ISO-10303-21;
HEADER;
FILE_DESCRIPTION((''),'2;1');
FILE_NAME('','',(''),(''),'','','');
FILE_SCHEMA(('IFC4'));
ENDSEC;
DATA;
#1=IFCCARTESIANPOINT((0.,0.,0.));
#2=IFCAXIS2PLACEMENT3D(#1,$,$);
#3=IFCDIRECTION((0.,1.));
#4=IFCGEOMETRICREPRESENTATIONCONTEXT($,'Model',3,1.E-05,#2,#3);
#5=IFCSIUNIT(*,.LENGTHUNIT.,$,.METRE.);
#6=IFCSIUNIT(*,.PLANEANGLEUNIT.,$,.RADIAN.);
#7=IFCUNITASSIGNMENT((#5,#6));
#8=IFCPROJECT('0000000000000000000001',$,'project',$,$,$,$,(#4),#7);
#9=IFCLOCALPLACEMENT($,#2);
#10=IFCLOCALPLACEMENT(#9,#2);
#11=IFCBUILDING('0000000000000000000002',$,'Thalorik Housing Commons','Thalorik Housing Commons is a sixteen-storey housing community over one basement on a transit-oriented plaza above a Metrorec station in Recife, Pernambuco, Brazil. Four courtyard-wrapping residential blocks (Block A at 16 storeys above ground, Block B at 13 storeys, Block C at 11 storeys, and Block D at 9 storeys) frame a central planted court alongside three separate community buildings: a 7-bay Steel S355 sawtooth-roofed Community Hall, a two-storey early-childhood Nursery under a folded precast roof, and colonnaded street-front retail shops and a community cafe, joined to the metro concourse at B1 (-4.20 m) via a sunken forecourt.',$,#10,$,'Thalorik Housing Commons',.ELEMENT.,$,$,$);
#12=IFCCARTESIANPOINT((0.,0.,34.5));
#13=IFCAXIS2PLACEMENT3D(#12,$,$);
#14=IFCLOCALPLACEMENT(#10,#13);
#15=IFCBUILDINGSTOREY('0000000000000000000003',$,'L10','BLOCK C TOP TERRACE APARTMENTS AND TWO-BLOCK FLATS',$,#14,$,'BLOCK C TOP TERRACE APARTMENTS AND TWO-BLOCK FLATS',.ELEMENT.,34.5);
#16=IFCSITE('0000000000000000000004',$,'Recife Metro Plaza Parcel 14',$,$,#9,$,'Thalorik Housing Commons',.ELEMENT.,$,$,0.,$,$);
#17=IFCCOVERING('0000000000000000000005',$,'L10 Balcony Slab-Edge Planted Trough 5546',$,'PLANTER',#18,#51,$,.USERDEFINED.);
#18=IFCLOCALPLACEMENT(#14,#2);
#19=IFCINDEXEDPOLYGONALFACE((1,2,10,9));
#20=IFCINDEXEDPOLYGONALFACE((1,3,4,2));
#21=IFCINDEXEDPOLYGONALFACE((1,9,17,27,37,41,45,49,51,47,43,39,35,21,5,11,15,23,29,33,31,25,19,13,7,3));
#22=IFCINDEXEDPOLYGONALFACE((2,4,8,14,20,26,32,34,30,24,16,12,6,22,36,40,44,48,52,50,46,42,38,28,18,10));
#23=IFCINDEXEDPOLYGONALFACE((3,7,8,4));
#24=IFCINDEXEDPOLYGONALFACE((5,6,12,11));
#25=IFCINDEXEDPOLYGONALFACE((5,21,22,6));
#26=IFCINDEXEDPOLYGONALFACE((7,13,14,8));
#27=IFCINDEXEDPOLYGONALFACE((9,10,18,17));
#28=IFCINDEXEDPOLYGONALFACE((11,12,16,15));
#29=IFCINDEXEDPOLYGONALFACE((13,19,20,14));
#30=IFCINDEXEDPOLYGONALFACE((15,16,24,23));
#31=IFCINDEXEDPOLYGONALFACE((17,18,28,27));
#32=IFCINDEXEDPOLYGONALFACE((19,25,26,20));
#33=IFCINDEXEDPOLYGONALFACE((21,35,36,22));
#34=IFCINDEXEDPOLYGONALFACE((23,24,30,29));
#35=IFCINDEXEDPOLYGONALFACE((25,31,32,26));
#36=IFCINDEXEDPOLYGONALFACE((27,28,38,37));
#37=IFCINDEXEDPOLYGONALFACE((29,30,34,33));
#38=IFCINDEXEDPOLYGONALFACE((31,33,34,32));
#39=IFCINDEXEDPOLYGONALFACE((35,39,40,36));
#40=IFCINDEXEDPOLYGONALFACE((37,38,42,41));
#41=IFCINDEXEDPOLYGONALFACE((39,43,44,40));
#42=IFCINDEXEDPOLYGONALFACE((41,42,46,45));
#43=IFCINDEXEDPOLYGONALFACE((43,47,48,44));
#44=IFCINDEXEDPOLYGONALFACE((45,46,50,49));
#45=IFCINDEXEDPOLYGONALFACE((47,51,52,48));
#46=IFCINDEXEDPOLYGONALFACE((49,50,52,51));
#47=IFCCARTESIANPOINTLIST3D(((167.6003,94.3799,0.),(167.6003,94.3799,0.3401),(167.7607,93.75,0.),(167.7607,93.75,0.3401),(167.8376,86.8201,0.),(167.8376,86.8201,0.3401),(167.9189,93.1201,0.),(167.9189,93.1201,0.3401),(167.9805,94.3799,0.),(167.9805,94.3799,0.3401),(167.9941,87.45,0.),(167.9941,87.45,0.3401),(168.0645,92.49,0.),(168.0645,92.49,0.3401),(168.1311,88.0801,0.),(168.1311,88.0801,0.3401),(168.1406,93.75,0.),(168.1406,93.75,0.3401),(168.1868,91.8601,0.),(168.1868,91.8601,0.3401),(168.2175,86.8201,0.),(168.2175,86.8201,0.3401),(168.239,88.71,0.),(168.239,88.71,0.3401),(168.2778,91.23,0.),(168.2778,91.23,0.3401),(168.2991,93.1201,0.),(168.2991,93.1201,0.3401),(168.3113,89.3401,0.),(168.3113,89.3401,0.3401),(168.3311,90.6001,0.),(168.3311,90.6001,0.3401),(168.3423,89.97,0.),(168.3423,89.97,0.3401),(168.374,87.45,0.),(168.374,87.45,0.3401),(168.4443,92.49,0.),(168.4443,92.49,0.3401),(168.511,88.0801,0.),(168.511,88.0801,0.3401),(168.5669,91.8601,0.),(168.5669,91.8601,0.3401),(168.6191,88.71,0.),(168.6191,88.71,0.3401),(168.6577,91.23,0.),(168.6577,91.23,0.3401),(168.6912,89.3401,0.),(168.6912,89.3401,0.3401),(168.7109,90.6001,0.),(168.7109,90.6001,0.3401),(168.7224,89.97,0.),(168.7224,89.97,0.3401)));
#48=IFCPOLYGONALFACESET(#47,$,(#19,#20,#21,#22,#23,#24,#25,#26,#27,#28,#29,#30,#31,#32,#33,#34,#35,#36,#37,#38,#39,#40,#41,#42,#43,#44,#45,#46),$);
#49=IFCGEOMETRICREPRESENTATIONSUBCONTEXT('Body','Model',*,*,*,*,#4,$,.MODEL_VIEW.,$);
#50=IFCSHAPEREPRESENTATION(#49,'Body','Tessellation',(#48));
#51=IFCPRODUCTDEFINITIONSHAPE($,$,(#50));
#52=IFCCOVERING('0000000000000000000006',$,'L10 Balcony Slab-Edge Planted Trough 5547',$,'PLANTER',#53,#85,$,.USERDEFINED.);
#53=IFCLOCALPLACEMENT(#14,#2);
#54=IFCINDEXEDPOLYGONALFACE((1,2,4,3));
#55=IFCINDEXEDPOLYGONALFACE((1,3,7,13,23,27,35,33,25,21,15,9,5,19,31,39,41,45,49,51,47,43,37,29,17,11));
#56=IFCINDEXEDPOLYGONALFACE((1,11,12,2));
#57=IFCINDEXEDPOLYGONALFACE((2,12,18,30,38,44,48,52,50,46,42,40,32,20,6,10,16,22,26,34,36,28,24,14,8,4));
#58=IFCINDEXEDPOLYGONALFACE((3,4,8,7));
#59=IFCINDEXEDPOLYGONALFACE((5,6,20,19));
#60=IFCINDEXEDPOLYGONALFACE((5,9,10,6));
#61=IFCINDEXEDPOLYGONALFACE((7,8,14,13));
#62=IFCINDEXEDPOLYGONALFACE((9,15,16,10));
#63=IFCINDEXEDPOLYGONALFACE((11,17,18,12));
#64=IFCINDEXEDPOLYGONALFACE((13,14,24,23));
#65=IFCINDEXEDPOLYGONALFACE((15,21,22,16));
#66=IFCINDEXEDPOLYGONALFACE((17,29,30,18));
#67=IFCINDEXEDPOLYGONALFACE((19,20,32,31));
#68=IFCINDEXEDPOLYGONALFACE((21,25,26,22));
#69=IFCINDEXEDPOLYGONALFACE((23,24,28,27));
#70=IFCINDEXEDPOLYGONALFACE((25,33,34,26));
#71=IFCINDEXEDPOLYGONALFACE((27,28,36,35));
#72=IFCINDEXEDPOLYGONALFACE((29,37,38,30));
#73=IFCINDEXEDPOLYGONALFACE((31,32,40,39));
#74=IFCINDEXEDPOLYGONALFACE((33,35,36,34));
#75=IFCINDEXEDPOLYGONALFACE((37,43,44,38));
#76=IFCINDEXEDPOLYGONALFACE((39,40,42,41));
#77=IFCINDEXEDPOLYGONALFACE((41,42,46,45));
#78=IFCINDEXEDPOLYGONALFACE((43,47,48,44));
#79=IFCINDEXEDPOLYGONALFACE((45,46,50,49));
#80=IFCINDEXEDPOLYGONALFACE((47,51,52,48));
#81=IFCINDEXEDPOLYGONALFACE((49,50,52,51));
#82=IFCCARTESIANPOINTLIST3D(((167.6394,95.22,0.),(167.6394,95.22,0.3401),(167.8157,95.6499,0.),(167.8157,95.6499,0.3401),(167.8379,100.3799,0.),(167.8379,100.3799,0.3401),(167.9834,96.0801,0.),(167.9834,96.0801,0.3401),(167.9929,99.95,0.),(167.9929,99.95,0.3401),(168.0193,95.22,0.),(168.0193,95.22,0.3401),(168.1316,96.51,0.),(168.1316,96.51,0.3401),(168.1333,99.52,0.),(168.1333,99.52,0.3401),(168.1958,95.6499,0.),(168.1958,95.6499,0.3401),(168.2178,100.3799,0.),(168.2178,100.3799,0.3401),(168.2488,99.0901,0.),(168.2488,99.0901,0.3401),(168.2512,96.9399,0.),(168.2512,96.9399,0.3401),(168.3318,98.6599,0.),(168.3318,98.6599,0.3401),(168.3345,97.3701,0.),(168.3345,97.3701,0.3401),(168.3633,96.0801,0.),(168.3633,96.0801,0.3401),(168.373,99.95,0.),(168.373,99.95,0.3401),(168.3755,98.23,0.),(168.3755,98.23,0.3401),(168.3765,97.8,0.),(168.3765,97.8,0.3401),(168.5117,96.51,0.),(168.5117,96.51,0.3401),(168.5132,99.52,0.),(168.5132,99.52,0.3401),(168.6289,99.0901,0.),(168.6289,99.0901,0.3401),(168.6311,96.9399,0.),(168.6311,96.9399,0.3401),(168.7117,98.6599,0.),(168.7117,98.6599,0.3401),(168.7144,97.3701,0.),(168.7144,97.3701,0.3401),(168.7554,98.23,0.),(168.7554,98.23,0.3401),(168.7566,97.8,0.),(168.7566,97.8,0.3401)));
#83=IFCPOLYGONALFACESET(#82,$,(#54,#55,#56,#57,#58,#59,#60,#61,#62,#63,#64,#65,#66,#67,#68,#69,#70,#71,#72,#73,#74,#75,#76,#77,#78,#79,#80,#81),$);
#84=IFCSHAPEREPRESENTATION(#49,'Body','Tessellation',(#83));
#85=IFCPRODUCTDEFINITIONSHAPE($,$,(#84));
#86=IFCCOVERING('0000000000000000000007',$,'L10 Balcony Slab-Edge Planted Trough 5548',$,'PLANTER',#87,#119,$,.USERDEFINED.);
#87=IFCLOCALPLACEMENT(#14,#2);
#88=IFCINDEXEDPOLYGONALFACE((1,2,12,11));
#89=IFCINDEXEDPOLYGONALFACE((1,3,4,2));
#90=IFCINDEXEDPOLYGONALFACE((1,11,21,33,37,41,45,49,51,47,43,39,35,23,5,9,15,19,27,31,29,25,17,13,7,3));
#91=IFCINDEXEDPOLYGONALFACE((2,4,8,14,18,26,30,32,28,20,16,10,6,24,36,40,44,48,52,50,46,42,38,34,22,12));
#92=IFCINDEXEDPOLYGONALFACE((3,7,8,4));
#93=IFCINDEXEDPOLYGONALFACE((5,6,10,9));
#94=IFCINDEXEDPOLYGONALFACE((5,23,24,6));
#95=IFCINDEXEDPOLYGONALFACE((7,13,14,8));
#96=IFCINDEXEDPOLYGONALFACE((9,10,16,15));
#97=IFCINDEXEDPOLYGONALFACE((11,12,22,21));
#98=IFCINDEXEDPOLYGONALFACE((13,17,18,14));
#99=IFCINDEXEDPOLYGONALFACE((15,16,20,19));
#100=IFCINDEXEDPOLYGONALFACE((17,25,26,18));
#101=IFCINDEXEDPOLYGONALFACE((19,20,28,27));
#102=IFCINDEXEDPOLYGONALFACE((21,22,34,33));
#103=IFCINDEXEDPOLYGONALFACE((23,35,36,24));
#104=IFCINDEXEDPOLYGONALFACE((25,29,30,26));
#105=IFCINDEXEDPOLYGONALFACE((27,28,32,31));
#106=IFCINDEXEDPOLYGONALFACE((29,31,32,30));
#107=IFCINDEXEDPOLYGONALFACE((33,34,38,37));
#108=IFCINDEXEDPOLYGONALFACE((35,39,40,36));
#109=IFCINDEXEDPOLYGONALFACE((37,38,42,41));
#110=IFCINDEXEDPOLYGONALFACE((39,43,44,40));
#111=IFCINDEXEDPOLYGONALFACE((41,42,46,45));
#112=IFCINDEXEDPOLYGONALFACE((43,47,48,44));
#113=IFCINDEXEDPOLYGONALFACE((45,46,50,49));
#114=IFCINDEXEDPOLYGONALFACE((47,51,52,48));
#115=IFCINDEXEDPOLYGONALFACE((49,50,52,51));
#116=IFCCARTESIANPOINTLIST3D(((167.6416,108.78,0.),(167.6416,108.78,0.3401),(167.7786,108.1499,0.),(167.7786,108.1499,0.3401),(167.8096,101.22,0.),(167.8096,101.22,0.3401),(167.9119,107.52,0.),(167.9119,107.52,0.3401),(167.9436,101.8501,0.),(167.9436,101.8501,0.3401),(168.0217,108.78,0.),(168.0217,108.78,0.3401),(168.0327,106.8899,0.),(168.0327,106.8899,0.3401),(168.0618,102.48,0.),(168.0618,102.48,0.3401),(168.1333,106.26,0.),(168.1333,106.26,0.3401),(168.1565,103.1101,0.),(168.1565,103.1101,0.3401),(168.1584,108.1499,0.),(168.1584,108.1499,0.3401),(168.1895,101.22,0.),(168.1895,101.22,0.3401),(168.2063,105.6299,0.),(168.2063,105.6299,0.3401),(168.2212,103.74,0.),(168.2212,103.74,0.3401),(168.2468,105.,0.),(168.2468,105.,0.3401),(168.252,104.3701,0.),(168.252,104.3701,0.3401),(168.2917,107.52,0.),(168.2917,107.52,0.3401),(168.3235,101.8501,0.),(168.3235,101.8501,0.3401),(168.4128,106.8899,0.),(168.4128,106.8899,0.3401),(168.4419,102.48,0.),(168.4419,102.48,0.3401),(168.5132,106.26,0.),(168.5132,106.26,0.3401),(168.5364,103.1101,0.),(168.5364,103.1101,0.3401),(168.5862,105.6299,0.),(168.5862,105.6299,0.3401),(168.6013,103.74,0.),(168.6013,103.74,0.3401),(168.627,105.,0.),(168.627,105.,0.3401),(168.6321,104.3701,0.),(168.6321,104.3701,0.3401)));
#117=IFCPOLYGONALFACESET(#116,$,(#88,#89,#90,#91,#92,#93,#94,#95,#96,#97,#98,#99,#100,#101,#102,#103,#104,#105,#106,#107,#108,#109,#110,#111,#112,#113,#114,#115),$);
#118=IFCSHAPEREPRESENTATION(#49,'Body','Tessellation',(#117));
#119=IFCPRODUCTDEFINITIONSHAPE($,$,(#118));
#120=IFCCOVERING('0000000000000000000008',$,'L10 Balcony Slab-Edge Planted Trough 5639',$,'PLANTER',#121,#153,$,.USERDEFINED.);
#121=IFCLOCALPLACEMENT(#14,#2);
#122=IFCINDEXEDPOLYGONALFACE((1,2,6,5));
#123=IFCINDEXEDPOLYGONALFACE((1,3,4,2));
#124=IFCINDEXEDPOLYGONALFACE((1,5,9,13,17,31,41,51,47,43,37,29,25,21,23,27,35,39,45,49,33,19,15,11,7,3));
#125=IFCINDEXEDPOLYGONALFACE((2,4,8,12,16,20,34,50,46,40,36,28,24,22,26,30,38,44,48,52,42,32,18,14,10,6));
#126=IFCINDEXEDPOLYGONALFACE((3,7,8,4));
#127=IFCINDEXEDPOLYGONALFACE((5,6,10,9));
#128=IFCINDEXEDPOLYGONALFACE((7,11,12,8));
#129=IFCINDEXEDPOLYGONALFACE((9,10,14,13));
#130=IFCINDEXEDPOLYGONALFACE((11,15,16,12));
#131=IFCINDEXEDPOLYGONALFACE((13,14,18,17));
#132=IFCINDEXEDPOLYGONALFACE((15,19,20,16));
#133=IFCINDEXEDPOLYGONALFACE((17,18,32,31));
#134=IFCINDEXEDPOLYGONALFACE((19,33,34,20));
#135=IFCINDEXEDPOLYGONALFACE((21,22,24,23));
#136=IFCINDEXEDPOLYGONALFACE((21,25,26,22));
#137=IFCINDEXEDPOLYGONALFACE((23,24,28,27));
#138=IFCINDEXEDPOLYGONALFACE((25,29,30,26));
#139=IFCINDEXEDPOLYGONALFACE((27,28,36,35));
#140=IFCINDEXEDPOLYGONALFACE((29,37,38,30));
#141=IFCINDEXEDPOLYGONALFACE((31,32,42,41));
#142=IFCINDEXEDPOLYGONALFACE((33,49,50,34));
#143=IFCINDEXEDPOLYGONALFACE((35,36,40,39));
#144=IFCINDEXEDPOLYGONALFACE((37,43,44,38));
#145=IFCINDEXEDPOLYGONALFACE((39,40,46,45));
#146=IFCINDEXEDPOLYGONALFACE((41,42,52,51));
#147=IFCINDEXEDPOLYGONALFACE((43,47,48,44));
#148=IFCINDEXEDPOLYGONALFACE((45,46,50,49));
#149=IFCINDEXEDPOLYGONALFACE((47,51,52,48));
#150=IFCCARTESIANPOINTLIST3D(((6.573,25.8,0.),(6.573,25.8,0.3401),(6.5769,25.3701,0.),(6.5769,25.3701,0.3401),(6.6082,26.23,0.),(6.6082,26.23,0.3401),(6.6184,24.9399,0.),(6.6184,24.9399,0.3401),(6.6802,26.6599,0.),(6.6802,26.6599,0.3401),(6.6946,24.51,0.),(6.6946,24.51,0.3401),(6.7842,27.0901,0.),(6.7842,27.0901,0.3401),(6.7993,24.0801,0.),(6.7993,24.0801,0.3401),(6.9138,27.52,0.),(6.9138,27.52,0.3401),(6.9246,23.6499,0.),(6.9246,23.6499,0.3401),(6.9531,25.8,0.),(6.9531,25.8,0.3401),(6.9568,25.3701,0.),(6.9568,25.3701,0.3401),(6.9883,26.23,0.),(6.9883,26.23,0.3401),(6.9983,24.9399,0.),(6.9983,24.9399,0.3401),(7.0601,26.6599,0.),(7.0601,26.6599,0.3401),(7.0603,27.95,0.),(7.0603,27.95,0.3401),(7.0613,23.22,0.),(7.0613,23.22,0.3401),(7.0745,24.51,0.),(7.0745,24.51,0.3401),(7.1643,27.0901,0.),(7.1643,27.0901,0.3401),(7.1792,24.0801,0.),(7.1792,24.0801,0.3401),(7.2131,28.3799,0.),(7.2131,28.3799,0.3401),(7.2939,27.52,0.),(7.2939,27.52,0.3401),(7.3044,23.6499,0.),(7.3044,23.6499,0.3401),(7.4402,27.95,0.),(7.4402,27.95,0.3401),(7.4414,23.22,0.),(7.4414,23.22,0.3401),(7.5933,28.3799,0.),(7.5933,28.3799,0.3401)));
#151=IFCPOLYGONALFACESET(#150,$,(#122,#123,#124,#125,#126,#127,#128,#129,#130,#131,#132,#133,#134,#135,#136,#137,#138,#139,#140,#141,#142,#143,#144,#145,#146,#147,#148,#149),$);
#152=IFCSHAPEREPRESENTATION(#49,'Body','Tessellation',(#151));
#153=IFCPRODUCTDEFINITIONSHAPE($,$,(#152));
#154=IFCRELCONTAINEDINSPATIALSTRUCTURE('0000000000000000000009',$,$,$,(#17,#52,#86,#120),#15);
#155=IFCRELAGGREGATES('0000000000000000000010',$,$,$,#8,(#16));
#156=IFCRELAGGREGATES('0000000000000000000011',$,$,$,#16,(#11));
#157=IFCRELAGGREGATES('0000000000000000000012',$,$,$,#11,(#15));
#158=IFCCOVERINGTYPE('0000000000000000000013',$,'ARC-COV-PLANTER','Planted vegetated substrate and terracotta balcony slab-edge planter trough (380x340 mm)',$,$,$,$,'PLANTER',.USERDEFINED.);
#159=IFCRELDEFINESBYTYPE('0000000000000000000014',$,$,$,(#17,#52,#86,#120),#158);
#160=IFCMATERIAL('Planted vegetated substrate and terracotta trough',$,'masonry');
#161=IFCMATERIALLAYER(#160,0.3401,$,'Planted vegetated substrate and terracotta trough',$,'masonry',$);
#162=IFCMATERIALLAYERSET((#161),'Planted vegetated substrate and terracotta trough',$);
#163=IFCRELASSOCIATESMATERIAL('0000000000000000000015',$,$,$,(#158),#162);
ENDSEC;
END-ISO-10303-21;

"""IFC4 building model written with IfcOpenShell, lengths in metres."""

from ifc_helpers import new_model, si_unit, direction, frame, origin, place, context, subcontext, project, spatial, polyline, outline, extrude, material, layer, layer_set, type_object, element, save


model = new_model("IFC4")

# Units and contexts
model_context = context("Model", 3, precision=1e-05, world=origin(), true_north=direction((0.0, 1.0)))
body_context = subcontext(model_context, "Body", "Model", "MODEL_VIEW")
ifc_project = project(units=[si_unit("LENGTHUNIT", "METRE"), si_unit("PLANEANGLEUNIT", "RADIAN")], contexts=[model_context])

# Site, building, storey
site_placement = place(None, origin())
site = spatial("IfcSite", under=ifc_project, at=site_placement, Name="Recife Metro Plaza Parcel 14", LongName="Thalorik Housing Commons", CompositionType="ELEMENT", RefElevation=0.0)
building_placement = place(site_placement, origin())
building = spatial("IfcBuilding", under=site, at=building_placement, Name="Thalorik Housing Commons", Description="Thalorik Housing Commons is a sixteen-storey housing community over one basement on a transit-oriented plaza above a Metrorec station in Recife, Pernambuco, Brazil. Four courtyard-wrapping residential blocks (Block A at 16 storeys above ground, Block B at 13 storeys, Block C at 11 storeys, and Block D at 9 storeys) frame a central planted court alongside three separate community buildings: a 7-bay Steel S355 sawtooth-roofed Community Hall, a two-storey early-childhood Nursery under a folded precast roof, and colonnaded street-front retail shops and a community cafe, joined to the metro concourse at B1 (-4.20 m) via a sunken forecourt.", LongName="Thalorik Housing Commons", CompositionType="ELEMENT")
storey_placement = place(building_placement, frame((0.0, 0.0, 34.5)))
storey = spatial("IfcBuildingStorey", under=building, at=storey_placement, Name="L10", Description="BLOCK C TOP TERRACE APARTMENTS AND TWO-BLOCK FLATS", LongName="BLOCK C TOP TERRACE APARTMENTS AND TWO-BLOCK FLATS", CompositionType="ELEMENT", Elevation=34.5)

# Coverings
ifc_material_1 = material(Name="Planted vegetated substrate and terracotta trough", Category="masonry")
ifc_layer_1 = layer(ifc_material_1, 0.3401, Name="Planted vegetated substrate and terracotta trough", Category="masonry")
ifc_layer_set_1 = layer_set([ifc_layer_1], Name="Planted vegetated substrate and terracotta trough")
covering_type_1 = type_object("IfcCoveringType", Name="ARC-COV-PLANTER", Description="Planted vegetated substrate and terracotta balcony slab-edge planter trough (380x340 mm)", ElementType="PLANTER", PredefinedType="USERDEFINED", material=ifc_layer_set_1)
covering_1_placement = place(storey_placement, origin())
element("IfcCovering", 1, at=covering_1_placement, inside=storey, type_object=covering_type_1, Name="L10 Balcony Slab-Edge Planted Trough 5546", ObjectType="PLANTER", PredefinedType="USERDEFINED", context=body_context, shape_type="SweptSolid", body=[
    extrude(outline(polyline([(168.2175, 86.8201), (168.374, 87.45), (168.511, 88.0801), (168.6191, 88.71), (168.6912, 89.3401), (168.7224, 89.97), (168.7109, 90.6001), (168.6577, 91.23), (168.5669, 91.8601), (168.4443, 92.49), (168.2991, 93.1201), (168.1406, 93.75), (167.9805, 94.3799), (167.6003, 94.3799), (167.7607, 93.75), (167.9189, 93.1201), (168.0645, 92.49), (168.1868, 91.8601), (168.2778, 91.23), (168.3311, 90.6001), (168.3423, 89.97), (168.3113, 89.3401), (168.239, 88.71), (168.1311, 88.0801), (167.9941, 87.45), (167.8376, 86.8201), (168.2175, 86.8201)])), origin(), (0.0, 0.0, 1.0), 0.3401),
])
covering_2_placement = place(storey_placement, origin())
element("IfcCovering", 2, at=covering_2_placement, inside=storey, type_object=covering_type_1, Name="L10 Balcony Slab-Edge Planted Trough 5547", ObjectType="PLANTER", PredefinedType="USERDEFINED", context=body_context, shape_type="SweptSolid", body=[
    extrude(outline(polyline([(168.0193, 95.22), (168.1958, 95.6499), (168.3633, 96.0801), (168.5117, 96.51), (168.6311, 96.9399), (168.7144, 97.3701), (168.7566, 97.8), (168.7554, 98.23), (168.7117, 98.6599), (168.6289, 99.0901), (168.5132, 99.52), (168.373, 99.95), (168.2178, 100.3799), (167.8379, 100.3799), (167.9929, 99.95), (168.1333, 99.52), (168.2488, 99.0901), (168.3318, 98.6599), (168.3755, 98.23), (168.3765, 97.8), (168.3345, 97.3701), (168.2512, 96.9399), (168.1316, 96.51), (167.9834, 96.0801), (167.8157, 95.6499), (167.6394, 95.22), (168.0193, 95.22)])), origin(), (0.0, 0.0, 1.0), 0.3401),
])
covering_3_placement = place(storey_placement, origin())
element("IfcCovering", 3, at=covering_3_placement, inside=storey, type_object=covering_type_1, Name="L10 Balcony Slab-Edge Planted Trough 5548", ObjectType="PLANTER", PredefinedType="USERDEFINED", context=body_context, shape_type="SweptSolid", body=[
    extrude(outline(polyline([(168.1895, 101.22), (168.3235, 101.8501), (168.4419, 102.48), (168.5364, 103.1101), (168.6013, 103.74), (168.6321, 104.3701), (168.627, 105.0), (168.5862, 105.6299), (168.5132, 106.26), (168.4128, 106.8899), (168.2917, 107.52), (168.1584, 108.1499), (168.0217, 108.78), (167.6416, 108.78), (167.7786, 108.1499), (167.9119, 107.52), (168.0327, 106.8899), (168.1333, 106.26), (168.2063, 105.6299), (168.2468, 105.0), (168.252, 104.3701), (168.2212, 103.74), (168.1565, 103.1101), (168.0618, 102.48), (167.9436, 101.8501), (167.8096, 101.22), (168.1895, 101.22)])), origin(), (0.0, 0.0, 1.0), 0.3401),
])
covering_4_placement = place(storey_placement, origin())
element("IfcCovering", 4, at=covering_4_placement, inside=storey, type_object=covering_type_1, Name="L10 Balcony Slab-Edge Planted Trough 5639", ObjectType="PLANTER", PredefinedType="USERDEFINED", context=body_context, shape_type="SweptSolid", body=[
    extrude(outline(polyline([(7.2131, 28.3799), (7.0603, 27.95), (6.9138, 27.52), (6.7842, 27.0901), (6.6802, 26.6599), (6.6082, 26.23), (6.573, 25.8), (6.5769, 25.3701), (6.6184, 24.9399), (6.6946, 24.51), (6.7993, 24.0801), (6.9246, 23.6499), (7.0613, 23.22), (7.4414, 23.22), (7.3044, 23.6499), (7.1792, 24.0801), (7.0745, 24.51), (6.9983, 24.9399), (6.9568, 25.3701), (6.9531, 25.8), (6.9883, 26.23), (7.0601, 26.6599), (7.1643, 27.0901), (7.2939, 27.52), (7.4402, 27.95), (7.5933, 28.3799), (7.2131, 28.3799)])), origin(), (0.0, 0.0, 1.0), 0.3401),
])

save(model, "model.ifc")
